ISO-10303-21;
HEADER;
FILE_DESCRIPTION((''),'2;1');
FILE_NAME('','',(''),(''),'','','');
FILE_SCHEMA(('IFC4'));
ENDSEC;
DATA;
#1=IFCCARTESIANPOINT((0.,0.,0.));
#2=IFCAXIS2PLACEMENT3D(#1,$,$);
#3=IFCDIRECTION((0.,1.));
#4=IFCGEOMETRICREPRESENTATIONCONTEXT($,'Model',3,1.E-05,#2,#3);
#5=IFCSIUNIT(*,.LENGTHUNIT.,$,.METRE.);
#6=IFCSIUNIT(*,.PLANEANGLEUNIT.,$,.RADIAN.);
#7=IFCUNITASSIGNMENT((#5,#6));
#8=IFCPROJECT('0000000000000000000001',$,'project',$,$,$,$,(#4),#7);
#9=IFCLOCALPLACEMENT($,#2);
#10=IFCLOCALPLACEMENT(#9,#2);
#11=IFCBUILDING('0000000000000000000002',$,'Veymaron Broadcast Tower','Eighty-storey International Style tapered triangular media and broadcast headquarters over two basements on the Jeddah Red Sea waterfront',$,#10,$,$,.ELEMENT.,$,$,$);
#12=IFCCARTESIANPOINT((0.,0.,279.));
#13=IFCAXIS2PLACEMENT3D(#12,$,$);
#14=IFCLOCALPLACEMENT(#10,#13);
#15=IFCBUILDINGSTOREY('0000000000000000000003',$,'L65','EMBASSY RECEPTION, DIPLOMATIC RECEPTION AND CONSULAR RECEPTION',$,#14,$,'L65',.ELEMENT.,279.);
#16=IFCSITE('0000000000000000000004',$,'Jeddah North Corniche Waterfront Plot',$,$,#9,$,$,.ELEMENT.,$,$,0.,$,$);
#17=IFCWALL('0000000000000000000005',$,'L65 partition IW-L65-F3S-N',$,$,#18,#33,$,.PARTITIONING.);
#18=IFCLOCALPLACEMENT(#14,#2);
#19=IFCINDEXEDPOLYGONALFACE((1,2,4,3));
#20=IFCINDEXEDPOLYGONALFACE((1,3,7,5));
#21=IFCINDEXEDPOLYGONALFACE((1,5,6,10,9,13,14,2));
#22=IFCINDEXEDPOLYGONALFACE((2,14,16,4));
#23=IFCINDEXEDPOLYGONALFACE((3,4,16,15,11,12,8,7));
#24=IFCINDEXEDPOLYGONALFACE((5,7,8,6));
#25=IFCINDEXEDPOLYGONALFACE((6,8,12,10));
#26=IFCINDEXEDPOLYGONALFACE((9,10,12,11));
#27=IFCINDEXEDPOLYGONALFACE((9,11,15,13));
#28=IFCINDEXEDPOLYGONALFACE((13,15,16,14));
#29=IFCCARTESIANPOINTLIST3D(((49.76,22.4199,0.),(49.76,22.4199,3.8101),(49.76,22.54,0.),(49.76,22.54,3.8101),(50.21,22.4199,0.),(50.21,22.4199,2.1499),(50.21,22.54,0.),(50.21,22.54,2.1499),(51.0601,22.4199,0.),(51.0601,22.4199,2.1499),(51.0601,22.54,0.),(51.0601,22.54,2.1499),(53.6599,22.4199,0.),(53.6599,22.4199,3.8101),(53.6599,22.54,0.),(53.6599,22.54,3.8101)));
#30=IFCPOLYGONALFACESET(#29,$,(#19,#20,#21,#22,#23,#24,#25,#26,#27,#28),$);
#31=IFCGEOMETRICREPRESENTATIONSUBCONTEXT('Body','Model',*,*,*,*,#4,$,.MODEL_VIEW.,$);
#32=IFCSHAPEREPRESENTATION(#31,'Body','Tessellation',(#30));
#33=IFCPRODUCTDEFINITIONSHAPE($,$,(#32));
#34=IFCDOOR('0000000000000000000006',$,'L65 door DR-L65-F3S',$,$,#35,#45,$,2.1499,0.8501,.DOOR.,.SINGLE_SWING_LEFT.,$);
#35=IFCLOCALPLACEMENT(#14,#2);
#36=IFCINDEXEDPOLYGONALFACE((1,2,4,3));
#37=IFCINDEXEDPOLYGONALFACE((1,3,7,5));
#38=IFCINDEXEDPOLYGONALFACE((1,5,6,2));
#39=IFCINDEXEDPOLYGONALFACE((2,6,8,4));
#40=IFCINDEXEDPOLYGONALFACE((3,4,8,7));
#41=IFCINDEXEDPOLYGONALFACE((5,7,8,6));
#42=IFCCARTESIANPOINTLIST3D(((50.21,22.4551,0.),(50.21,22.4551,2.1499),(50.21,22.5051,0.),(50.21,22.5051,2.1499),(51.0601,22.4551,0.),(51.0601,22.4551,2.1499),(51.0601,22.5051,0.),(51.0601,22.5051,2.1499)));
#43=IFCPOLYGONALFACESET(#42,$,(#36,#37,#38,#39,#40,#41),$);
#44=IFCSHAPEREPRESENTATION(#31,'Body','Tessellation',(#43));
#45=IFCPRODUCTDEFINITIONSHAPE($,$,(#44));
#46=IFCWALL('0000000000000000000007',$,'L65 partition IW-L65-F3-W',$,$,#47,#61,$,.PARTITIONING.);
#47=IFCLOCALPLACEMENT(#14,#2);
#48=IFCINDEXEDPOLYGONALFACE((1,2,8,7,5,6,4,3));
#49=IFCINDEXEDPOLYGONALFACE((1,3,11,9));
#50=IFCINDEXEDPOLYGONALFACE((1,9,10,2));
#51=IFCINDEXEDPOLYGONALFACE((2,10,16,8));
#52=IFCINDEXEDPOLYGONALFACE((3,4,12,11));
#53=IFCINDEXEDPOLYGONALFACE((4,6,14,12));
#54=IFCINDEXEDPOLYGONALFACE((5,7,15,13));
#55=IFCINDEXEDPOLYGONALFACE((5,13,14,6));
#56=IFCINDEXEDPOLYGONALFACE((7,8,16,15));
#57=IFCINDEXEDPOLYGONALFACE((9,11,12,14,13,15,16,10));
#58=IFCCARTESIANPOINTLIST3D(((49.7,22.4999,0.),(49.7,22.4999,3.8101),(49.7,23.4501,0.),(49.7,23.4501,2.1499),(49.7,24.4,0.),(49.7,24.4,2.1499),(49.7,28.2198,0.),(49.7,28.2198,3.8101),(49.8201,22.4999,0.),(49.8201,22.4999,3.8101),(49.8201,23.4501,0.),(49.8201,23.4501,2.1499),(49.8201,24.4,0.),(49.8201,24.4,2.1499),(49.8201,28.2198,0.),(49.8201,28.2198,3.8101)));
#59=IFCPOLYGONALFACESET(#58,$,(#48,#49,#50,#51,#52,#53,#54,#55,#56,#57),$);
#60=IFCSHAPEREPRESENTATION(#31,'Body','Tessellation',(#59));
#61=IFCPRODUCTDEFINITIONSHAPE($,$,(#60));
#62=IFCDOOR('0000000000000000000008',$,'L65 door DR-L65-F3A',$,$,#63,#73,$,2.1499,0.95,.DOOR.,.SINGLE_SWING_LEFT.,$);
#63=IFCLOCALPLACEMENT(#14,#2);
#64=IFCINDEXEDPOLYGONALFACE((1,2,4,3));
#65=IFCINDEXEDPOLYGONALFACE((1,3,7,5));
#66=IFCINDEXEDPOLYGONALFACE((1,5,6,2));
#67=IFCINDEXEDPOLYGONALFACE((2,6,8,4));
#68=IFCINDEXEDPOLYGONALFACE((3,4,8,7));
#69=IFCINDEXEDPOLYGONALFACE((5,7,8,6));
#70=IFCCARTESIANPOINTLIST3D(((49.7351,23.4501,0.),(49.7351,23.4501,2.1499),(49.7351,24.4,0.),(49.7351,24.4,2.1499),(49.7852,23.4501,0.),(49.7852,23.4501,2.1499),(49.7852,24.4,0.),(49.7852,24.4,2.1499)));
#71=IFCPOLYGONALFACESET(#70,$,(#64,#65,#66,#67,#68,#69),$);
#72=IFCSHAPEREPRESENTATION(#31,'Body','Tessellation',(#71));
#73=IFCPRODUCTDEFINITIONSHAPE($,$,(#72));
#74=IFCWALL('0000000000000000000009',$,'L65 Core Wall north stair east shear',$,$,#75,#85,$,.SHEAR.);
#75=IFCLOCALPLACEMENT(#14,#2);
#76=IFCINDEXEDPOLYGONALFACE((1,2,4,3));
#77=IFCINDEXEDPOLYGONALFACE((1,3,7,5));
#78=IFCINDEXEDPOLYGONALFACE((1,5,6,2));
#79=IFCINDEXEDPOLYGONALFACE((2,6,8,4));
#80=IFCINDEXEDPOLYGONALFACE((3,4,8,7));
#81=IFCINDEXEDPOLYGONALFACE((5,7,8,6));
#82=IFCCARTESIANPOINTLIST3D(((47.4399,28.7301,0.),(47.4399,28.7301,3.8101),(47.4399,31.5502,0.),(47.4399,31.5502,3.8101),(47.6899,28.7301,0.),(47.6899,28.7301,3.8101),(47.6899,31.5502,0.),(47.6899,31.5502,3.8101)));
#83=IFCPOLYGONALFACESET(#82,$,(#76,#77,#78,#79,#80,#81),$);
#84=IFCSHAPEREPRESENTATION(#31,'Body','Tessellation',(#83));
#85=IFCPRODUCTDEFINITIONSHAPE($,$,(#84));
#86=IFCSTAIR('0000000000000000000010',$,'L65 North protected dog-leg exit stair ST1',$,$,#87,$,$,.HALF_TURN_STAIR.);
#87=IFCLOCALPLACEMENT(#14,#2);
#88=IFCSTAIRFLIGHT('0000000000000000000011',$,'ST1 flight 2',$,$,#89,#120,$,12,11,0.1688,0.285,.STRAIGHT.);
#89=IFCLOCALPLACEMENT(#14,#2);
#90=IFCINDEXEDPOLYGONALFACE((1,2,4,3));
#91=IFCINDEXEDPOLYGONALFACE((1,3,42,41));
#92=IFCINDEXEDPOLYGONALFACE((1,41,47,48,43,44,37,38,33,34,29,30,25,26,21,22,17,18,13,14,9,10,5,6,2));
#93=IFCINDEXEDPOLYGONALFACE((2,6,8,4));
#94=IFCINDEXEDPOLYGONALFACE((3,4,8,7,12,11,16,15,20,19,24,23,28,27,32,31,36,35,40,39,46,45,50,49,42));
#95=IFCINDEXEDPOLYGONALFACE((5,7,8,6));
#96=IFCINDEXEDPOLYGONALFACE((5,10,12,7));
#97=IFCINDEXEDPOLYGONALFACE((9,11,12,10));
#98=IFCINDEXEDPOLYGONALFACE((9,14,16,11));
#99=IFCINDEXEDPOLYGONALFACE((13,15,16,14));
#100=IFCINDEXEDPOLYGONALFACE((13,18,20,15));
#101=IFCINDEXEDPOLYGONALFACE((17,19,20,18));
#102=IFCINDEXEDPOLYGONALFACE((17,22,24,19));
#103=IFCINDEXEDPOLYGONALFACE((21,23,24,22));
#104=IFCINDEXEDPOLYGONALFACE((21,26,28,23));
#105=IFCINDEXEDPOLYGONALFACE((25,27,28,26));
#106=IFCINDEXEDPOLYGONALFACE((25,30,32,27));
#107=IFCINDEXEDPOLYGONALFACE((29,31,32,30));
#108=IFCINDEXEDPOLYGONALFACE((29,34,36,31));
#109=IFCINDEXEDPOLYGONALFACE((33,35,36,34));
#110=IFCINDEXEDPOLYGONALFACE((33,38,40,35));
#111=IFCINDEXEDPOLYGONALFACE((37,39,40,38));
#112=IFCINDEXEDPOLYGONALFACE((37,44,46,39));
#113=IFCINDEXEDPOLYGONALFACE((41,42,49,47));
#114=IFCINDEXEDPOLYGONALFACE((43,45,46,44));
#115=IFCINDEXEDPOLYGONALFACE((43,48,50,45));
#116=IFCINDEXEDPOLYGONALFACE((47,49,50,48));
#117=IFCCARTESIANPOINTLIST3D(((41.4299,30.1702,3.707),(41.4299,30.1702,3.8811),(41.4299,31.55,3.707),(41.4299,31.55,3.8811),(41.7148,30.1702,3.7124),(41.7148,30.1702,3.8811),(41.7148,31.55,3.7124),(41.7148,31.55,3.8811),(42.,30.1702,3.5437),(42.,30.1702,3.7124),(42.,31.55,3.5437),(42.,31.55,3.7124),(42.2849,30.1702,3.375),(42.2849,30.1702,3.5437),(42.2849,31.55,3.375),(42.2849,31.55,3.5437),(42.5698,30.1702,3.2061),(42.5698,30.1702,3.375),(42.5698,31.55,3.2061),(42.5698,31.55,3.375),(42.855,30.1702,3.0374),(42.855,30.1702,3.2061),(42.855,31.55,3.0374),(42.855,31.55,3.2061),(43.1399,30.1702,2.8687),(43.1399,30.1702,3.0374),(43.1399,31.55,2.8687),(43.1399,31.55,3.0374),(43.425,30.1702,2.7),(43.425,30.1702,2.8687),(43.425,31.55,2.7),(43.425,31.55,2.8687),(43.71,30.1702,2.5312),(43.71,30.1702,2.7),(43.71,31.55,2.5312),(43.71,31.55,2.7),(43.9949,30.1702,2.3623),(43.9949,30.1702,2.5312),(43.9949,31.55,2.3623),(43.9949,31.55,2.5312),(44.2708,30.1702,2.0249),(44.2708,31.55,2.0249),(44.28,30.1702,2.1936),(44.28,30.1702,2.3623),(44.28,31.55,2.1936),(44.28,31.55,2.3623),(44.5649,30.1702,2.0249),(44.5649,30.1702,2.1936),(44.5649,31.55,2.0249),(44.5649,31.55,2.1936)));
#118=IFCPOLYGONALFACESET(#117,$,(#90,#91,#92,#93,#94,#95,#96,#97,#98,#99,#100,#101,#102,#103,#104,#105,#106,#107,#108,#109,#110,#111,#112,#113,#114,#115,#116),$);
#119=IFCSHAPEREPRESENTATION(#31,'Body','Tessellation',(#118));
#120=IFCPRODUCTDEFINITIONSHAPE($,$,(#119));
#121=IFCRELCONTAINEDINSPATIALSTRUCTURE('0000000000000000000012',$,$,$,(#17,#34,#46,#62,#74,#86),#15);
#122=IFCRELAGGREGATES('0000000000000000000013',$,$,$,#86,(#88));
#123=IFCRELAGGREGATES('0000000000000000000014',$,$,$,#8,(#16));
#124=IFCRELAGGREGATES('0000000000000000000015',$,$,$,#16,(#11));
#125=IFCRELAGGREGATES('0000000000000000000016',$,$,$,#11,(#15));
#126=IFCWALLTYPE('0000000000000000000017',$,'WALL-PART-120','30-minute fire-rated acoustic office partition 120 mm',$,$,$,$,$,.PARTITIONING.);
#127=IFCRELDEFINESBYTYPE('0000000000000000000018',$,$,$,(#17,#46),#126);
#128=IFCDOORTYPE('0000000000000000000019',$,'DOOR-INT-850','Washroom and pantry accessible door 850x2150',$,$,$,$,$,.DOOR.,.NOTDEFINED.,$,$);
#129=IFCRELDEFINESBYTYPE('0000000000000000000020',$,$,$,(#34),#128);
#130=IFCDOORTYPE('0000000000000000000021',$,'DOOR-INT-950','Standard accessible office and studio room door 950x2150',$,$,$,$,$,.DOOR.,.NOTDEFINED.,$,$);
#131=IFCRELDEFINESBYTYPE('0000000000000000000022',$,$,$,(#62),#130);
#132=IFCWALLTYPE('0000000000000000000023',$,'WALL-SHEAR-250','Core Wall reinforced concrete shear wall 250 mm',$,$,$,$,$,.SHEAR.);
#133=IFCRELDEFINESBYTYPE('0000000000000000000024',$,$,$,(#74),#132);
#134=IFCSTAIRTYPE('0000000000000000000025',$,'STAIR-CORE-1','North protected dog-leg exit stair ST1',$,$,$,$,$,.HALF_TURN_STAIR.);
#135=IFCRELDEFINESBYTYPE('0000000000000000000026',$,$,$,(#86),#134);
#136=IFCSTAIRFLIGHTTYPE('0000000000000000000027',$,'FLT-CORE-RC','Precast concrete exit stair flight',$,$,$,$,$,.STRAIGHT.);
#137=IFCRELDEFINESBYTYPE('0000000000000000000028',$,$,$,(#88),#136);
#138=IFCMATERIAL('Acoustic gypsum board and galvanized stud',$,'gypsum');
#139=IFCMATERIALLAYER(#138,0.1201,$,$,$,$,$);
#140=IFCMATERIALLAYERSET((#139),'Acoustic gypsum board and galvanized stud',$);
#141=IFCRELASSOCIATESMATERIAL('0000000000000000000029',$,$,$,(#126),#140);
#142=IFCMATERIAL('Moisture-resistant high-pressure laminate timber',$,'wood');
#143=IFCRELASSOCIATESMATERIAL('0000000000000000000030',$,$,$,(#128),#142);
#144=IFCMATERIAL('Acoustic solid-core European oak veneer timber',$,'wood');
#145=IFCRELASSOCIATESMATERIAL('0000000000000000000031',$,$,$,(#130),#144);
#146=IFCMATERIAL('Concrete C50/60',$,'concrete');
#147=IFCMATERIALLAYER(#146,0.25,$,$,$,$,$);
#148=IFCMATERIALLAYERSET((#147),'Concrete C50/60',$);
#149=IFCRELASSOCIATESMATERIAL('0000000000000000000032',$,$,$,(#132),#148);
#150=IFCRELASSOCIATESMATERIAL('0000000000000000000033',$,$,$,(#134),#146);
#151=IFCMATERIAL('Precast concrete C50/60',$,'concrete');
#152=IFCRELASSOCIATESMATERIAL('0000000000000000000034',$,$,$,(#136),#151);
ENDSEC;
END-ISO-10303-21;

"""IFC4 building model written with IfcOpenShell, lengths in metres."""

from ifc_helpers import new_model, si_unit, direction, frame, frame_2d, origin, place, context, subcontext, project, spatial, polyline, rectangle, outline, extrude, material, layer, layer_set, type_object, element, fill, aggregate, save


model = new_model("IFC4")

# Units and contexts
model_context = context("Model", 3, precision=1e-05, world=origin(), true_north=direction((0.0, 1.0)))
body_context = subcontext(model_context, "Body", "Model", "MODEL_VIEW")
ifc_project = project(units=[si_unit("LENGTHUNIT", "METRE"), si_unit("PLANEANGLEUNIT", "RADIAN")], contexts=[model_context])

# Site, building, storey
site_placement = place(None, origin())
site = spatial("IfcSite", under=ifc_project, at=site_placement, Name="Jeddah North Corniche Waterfront Plot", CompositionType="ELEMENT", RefElevation=0.0)
building_placement = place(site_placement, origin())
building = spatial("IfcBuilding", under=site, at=building_placement, Name="Veymaron Broadcast Tower", Description="Eighty-storey International Style tapered triangular media and broadcast headquarters over two basements on the Jeddah Red Sea waterfront", CompositionType="ELEMENT")
storey_placement = place(building_placement, frame((0.0, 0.0, 279.0)))
storey = spatial("IfcBuildingStorey", under=building, at=storey_placement, Name="L65", Description="EMBASSY RECEPTION, DIPLOMATIC RECEPTION AND CONSULAR RECEPTION", LongName="L65", CompositionType="ELEMENT", Elevation=279.0)

# Walls, openings, doors
ifc_material_1 = material(Name="Acoustic gypsum board and galvanized stud", Category="gypsum")
ifc_layer_1 = layer(ifc_material_1, 0.1201)
ifc_layer_set_1 = layer_set([ifc_layer_1], Name="Acoustic gypsum board and galvanized stud")
wall_type_1 = type_object("IfcWallType", Name="WALL-PART-120", Description="30-minute fire-rated acoustic office partition 120 mm", PredefinedType="PARTITIONING", material=ifc_layer_set_1)
wall_1_placement = place(storey_placement, frame((49.76, 22.48, 0.0), z_axis=(0.0, 0.0, 1.0), x_axis=(1.0, 0.0, 0.0)))
wall_1 = element("IfcWall", 1, at=wall_1_placement, inside=storey, type_object=wall_type_1, Name="L65 partition IW-L65-F3S-N", PredefinedType="PARTITIONING", context=body_context, shape_type="SweptSolid", body=[
    extrude(rectangle(XDim=3.8999, YDim=0.1201, at=frame_2d((1.95, 0.0))), origin(), (0.0, 0.0, 1.0), 3.8101),
])
opening_1_placement = place(wall_1_placement, frame((0.45, 0.0, 0.0)))
opening_1 = element("IfcOpeningElement", 2, at=opening_1_placement, cuts=wall_1, PredefinedType="OPENING", context=body_context, shape_type="SweptSolid", body=[
    extrude(rectangle(XDim=0.8501, YDim=2.1499, at=frame_2d((0.425, 1.075))), frame((0.0, 0.0701, 0.0), z_axis=(0.0, -1.0, 0.0), x_axis=(1.0, 0.0, 0.0)), (0.0, 0.0, 1.0), 0.1401),
])
ifc_material_2 = material(Name="Moisture-resistant high-pressure laminate timber", Category="wood")
door_type_1 = type_object("IfcDoorType", Name="DOOR-INT-850", Description="Washroom and pantry accessible door 850x2150", OperationType="NOTDEFINED", PredefinedType="DOOR", material=ifc_material_2)
door_1_placement = place(opening_1_placement, frame((0.8501, 0.0, 0.0), z_axis=(0.0, 0.0, 1.0), x_axis=(-1.0, 0.0, 0.0)))
door_1 = element("IfcDoor", 3, at=door_1_placement, inside=storey, type_object=door_type_1, Name="L65 door DR-L65-F3S", OperationType="SINGLE_SWING_LEFT", OverallHeight=2.1499, OverallWidth=0.8501, PredefinedType="DOOR", context=body_context, shape_type="SweptSolid", body=[
    extrude(rectangle(XDim=0.8501, YDim=2.1499, at=frame_2d((0.425, 1.075))), frame((0.0, 0.0249, 0.0), z_axis=(0.0, -1.0, 0.0), x_axis=(1.0, 0.0, 0.0)), (0.0, 0.0, 1.0), 0.05),
])
fill(opening_1, door_1)
wall_2_placement = place(storey_placement, frame((49.76, 22.5, 0.0), z_axis=(0.0, 0.0, 1.0), x_axis=(0.0, 1.0, 0.0)))
wall_2 = element("IfcWall", 4, at=wall_2_placement, inside=storey, type_object=wall_type_1, Name="L65 partition IW-L65-F3-W", PredefinedType="PARTITIONING", context=body_context, shape_type="SweptSolid", body=[
    extrude(rectangle(XDim=5.72, YDim=0.1201, at=frame_2d((2.8599, 0.0))), origin(), (0.0, 0.0, 1.0), 3.8101),
])
opening_2_placement = place(wall_2_placement, frame((0.95, 0.0, 0.0)))
opening_2 = element("IfcOpeningElement", 5, at=opening_2_placement, cuts=wall_2, PredefinedType="OPENING", context=body_context, shape_type="SweptSolid", body=[
    extrude(rectangle(XDim=0.95, YDim=2.1499, at=frame_2d((0.4751, 1.075))), frame((0.0, 0.0701, 0.0), z_axis=(0.0, -1.0, 0.0), x_axis=(1.0, 0.0, 0.0)), (0.0, 0.0, 1.0), 0.1401),
])
ifc_material_3 = material(Name="Acoustic solid-core European oak veneer timber", Category="wood")
door_type_2 = type_object("IfcDoorType", Name="DOOR-INT-950", Description="Standard accessible office and studio room door 950x2150", OperationType="NOTDEFINED", PredefinedType="DOOR", material=ifc_material_3)
door_2_placement = place(opening_2_placement, origin())
door_2 = element("IfcDoor", 6, at=door_2_placement, inside=storey, type_object=door_type_2, Name="L65 door DR-L65-F3A", OperationType="SINGLE_SWING_LEFT", OverallHeight=2.1499, OverallWidth=0.95, PredefinedType="DOOR", context=body_context, shape_type="SweptSolid", body=[
    extrude(rectangle(XDim=0.95, YDim=2.1499, at=frame_2d((0.4751, 1.075))), frame((0.0, 0.0249, 0.0), z_axis=(0.0, -1.0, 0.0), x_axis=(1.0, 0.0, 0.0)), (0.0, 0.0, 1.0), 0.05),
])
fill(opening_2, door_2)

# Wall
ifc_material_4 = material(Name="Concrete C50/60", Category="concrete")
ifc_layer_2 = layer(ifc_material_4, 0.25)
ifc_layer_set_2 = layer_set([ifc_layer_2], Name="Concrete C50/60")
wall_type_2 = type_object("IfcWallType", Name="WALL-SHEAR-250", Description="Core Wall reinforced concrete shear wall 250 mm", PredefinedType="SHEAR", material=ifc_layer_set_2)
wall_3_placement = place(storey_placement, frame((47.5649, 28.73, 0.0), z_axis=(0.0, 0.0, 1.0), x_axis=(0.0, 1.0, 0.0)))
element("IfcWall", 7, at=wall_3_placement, inside=storey, type_object=wall_type_2, Name="L65 Core Wall north stair east shear", PredefinedType="SHEAR", context=body_context, shape_type="SweptSolid", body=[
    extrude(rectangle(XDim=2.8201, YDim=0.25, at=frame_2d((1.4102, 0.0))), origin(), (0.0, 0.0, 1.0), 3.8101),
])

# Stair, stair flight
stair_type = type_object("IfcStairType", Name="STAIR-CORE-1", Description="North protected dog-leg exit stair ST1", PredefinedType="HALF_TURN_STAIR", material=ifc_material_4)
stair_placement = place(storey_placement, origin())
stair = element("IfcStair", 8, at=stair_placement, inside=storey, type_object=stair_type, Name="L65 North protected dog-leg exit stair ST1", PredefinedType="HALF_TURN_STAIR")
ifc_material_5 = material(Name="Precast concrete C50/60", Category="concrete")
stair_flight_type = type_object("IfcStairFlightType", Name="FLT-CORE-RC", Description="Precast concrete exit stair flight", PredefinedType="STRAIGHT", material=ifc_material_5)
stair_flight_placement = place(storey_placement, frame((44.5649, 30.8601, 2.0249), z_axis=(0.0, 0.0, 1.0), x_axis=(-1.0, 0.0, 0.0)))
stair_flight = element("IfcStairFlight", 9, at=stair_flight_placement, type_object=stair_flight_type, Name="ST1 flight 2", NumberOfRisers=12, NumberOfTreads=11, PredefinedType="STRAIGHT", RiserHeight=0.1688, TreadLength=0.285, context=body_context, shape_type="SweptSolid", body=[
    extrude(outline(polyline([(0.0, 0.0), (0.0, 0.1687), (0.2849, 0.1687), (0.2849, 0.3374), (0.5701, 0.3374), (0.5701, 0.5063), (0.855, 0.5063), (0.855, 0.675), (1.1399, 0.675), (1.1399, 0.8438), (1.425, 0.8438), (1.425, 1.0125), (1.71, 1.0125), (1.71, 1.1812), (1.9951, 1.1812), (1.9951, 1.3501), (2.28, 1.3501), (2.28, 1.5188), (2.5649, 1.5188), (2.5649, 1.6875), (2.8501, 1.6875), (2.8501, 1.8562), (3.135, 1.8562), (3.135, 2.0249), (3.135, 1.6821), (0.2942, 0.0), (0.0, 0.0)])), frame((0.0, 0.6899, 0.0), z_axis=(0.0, -1.0, 0.0), x_axis=(1.0, 0.0, 0.0)), (0.0, 0.0, 1.0), 1.3799),
])
aggregate(stair, [stair_flight])

save(model, "model.ifc")
